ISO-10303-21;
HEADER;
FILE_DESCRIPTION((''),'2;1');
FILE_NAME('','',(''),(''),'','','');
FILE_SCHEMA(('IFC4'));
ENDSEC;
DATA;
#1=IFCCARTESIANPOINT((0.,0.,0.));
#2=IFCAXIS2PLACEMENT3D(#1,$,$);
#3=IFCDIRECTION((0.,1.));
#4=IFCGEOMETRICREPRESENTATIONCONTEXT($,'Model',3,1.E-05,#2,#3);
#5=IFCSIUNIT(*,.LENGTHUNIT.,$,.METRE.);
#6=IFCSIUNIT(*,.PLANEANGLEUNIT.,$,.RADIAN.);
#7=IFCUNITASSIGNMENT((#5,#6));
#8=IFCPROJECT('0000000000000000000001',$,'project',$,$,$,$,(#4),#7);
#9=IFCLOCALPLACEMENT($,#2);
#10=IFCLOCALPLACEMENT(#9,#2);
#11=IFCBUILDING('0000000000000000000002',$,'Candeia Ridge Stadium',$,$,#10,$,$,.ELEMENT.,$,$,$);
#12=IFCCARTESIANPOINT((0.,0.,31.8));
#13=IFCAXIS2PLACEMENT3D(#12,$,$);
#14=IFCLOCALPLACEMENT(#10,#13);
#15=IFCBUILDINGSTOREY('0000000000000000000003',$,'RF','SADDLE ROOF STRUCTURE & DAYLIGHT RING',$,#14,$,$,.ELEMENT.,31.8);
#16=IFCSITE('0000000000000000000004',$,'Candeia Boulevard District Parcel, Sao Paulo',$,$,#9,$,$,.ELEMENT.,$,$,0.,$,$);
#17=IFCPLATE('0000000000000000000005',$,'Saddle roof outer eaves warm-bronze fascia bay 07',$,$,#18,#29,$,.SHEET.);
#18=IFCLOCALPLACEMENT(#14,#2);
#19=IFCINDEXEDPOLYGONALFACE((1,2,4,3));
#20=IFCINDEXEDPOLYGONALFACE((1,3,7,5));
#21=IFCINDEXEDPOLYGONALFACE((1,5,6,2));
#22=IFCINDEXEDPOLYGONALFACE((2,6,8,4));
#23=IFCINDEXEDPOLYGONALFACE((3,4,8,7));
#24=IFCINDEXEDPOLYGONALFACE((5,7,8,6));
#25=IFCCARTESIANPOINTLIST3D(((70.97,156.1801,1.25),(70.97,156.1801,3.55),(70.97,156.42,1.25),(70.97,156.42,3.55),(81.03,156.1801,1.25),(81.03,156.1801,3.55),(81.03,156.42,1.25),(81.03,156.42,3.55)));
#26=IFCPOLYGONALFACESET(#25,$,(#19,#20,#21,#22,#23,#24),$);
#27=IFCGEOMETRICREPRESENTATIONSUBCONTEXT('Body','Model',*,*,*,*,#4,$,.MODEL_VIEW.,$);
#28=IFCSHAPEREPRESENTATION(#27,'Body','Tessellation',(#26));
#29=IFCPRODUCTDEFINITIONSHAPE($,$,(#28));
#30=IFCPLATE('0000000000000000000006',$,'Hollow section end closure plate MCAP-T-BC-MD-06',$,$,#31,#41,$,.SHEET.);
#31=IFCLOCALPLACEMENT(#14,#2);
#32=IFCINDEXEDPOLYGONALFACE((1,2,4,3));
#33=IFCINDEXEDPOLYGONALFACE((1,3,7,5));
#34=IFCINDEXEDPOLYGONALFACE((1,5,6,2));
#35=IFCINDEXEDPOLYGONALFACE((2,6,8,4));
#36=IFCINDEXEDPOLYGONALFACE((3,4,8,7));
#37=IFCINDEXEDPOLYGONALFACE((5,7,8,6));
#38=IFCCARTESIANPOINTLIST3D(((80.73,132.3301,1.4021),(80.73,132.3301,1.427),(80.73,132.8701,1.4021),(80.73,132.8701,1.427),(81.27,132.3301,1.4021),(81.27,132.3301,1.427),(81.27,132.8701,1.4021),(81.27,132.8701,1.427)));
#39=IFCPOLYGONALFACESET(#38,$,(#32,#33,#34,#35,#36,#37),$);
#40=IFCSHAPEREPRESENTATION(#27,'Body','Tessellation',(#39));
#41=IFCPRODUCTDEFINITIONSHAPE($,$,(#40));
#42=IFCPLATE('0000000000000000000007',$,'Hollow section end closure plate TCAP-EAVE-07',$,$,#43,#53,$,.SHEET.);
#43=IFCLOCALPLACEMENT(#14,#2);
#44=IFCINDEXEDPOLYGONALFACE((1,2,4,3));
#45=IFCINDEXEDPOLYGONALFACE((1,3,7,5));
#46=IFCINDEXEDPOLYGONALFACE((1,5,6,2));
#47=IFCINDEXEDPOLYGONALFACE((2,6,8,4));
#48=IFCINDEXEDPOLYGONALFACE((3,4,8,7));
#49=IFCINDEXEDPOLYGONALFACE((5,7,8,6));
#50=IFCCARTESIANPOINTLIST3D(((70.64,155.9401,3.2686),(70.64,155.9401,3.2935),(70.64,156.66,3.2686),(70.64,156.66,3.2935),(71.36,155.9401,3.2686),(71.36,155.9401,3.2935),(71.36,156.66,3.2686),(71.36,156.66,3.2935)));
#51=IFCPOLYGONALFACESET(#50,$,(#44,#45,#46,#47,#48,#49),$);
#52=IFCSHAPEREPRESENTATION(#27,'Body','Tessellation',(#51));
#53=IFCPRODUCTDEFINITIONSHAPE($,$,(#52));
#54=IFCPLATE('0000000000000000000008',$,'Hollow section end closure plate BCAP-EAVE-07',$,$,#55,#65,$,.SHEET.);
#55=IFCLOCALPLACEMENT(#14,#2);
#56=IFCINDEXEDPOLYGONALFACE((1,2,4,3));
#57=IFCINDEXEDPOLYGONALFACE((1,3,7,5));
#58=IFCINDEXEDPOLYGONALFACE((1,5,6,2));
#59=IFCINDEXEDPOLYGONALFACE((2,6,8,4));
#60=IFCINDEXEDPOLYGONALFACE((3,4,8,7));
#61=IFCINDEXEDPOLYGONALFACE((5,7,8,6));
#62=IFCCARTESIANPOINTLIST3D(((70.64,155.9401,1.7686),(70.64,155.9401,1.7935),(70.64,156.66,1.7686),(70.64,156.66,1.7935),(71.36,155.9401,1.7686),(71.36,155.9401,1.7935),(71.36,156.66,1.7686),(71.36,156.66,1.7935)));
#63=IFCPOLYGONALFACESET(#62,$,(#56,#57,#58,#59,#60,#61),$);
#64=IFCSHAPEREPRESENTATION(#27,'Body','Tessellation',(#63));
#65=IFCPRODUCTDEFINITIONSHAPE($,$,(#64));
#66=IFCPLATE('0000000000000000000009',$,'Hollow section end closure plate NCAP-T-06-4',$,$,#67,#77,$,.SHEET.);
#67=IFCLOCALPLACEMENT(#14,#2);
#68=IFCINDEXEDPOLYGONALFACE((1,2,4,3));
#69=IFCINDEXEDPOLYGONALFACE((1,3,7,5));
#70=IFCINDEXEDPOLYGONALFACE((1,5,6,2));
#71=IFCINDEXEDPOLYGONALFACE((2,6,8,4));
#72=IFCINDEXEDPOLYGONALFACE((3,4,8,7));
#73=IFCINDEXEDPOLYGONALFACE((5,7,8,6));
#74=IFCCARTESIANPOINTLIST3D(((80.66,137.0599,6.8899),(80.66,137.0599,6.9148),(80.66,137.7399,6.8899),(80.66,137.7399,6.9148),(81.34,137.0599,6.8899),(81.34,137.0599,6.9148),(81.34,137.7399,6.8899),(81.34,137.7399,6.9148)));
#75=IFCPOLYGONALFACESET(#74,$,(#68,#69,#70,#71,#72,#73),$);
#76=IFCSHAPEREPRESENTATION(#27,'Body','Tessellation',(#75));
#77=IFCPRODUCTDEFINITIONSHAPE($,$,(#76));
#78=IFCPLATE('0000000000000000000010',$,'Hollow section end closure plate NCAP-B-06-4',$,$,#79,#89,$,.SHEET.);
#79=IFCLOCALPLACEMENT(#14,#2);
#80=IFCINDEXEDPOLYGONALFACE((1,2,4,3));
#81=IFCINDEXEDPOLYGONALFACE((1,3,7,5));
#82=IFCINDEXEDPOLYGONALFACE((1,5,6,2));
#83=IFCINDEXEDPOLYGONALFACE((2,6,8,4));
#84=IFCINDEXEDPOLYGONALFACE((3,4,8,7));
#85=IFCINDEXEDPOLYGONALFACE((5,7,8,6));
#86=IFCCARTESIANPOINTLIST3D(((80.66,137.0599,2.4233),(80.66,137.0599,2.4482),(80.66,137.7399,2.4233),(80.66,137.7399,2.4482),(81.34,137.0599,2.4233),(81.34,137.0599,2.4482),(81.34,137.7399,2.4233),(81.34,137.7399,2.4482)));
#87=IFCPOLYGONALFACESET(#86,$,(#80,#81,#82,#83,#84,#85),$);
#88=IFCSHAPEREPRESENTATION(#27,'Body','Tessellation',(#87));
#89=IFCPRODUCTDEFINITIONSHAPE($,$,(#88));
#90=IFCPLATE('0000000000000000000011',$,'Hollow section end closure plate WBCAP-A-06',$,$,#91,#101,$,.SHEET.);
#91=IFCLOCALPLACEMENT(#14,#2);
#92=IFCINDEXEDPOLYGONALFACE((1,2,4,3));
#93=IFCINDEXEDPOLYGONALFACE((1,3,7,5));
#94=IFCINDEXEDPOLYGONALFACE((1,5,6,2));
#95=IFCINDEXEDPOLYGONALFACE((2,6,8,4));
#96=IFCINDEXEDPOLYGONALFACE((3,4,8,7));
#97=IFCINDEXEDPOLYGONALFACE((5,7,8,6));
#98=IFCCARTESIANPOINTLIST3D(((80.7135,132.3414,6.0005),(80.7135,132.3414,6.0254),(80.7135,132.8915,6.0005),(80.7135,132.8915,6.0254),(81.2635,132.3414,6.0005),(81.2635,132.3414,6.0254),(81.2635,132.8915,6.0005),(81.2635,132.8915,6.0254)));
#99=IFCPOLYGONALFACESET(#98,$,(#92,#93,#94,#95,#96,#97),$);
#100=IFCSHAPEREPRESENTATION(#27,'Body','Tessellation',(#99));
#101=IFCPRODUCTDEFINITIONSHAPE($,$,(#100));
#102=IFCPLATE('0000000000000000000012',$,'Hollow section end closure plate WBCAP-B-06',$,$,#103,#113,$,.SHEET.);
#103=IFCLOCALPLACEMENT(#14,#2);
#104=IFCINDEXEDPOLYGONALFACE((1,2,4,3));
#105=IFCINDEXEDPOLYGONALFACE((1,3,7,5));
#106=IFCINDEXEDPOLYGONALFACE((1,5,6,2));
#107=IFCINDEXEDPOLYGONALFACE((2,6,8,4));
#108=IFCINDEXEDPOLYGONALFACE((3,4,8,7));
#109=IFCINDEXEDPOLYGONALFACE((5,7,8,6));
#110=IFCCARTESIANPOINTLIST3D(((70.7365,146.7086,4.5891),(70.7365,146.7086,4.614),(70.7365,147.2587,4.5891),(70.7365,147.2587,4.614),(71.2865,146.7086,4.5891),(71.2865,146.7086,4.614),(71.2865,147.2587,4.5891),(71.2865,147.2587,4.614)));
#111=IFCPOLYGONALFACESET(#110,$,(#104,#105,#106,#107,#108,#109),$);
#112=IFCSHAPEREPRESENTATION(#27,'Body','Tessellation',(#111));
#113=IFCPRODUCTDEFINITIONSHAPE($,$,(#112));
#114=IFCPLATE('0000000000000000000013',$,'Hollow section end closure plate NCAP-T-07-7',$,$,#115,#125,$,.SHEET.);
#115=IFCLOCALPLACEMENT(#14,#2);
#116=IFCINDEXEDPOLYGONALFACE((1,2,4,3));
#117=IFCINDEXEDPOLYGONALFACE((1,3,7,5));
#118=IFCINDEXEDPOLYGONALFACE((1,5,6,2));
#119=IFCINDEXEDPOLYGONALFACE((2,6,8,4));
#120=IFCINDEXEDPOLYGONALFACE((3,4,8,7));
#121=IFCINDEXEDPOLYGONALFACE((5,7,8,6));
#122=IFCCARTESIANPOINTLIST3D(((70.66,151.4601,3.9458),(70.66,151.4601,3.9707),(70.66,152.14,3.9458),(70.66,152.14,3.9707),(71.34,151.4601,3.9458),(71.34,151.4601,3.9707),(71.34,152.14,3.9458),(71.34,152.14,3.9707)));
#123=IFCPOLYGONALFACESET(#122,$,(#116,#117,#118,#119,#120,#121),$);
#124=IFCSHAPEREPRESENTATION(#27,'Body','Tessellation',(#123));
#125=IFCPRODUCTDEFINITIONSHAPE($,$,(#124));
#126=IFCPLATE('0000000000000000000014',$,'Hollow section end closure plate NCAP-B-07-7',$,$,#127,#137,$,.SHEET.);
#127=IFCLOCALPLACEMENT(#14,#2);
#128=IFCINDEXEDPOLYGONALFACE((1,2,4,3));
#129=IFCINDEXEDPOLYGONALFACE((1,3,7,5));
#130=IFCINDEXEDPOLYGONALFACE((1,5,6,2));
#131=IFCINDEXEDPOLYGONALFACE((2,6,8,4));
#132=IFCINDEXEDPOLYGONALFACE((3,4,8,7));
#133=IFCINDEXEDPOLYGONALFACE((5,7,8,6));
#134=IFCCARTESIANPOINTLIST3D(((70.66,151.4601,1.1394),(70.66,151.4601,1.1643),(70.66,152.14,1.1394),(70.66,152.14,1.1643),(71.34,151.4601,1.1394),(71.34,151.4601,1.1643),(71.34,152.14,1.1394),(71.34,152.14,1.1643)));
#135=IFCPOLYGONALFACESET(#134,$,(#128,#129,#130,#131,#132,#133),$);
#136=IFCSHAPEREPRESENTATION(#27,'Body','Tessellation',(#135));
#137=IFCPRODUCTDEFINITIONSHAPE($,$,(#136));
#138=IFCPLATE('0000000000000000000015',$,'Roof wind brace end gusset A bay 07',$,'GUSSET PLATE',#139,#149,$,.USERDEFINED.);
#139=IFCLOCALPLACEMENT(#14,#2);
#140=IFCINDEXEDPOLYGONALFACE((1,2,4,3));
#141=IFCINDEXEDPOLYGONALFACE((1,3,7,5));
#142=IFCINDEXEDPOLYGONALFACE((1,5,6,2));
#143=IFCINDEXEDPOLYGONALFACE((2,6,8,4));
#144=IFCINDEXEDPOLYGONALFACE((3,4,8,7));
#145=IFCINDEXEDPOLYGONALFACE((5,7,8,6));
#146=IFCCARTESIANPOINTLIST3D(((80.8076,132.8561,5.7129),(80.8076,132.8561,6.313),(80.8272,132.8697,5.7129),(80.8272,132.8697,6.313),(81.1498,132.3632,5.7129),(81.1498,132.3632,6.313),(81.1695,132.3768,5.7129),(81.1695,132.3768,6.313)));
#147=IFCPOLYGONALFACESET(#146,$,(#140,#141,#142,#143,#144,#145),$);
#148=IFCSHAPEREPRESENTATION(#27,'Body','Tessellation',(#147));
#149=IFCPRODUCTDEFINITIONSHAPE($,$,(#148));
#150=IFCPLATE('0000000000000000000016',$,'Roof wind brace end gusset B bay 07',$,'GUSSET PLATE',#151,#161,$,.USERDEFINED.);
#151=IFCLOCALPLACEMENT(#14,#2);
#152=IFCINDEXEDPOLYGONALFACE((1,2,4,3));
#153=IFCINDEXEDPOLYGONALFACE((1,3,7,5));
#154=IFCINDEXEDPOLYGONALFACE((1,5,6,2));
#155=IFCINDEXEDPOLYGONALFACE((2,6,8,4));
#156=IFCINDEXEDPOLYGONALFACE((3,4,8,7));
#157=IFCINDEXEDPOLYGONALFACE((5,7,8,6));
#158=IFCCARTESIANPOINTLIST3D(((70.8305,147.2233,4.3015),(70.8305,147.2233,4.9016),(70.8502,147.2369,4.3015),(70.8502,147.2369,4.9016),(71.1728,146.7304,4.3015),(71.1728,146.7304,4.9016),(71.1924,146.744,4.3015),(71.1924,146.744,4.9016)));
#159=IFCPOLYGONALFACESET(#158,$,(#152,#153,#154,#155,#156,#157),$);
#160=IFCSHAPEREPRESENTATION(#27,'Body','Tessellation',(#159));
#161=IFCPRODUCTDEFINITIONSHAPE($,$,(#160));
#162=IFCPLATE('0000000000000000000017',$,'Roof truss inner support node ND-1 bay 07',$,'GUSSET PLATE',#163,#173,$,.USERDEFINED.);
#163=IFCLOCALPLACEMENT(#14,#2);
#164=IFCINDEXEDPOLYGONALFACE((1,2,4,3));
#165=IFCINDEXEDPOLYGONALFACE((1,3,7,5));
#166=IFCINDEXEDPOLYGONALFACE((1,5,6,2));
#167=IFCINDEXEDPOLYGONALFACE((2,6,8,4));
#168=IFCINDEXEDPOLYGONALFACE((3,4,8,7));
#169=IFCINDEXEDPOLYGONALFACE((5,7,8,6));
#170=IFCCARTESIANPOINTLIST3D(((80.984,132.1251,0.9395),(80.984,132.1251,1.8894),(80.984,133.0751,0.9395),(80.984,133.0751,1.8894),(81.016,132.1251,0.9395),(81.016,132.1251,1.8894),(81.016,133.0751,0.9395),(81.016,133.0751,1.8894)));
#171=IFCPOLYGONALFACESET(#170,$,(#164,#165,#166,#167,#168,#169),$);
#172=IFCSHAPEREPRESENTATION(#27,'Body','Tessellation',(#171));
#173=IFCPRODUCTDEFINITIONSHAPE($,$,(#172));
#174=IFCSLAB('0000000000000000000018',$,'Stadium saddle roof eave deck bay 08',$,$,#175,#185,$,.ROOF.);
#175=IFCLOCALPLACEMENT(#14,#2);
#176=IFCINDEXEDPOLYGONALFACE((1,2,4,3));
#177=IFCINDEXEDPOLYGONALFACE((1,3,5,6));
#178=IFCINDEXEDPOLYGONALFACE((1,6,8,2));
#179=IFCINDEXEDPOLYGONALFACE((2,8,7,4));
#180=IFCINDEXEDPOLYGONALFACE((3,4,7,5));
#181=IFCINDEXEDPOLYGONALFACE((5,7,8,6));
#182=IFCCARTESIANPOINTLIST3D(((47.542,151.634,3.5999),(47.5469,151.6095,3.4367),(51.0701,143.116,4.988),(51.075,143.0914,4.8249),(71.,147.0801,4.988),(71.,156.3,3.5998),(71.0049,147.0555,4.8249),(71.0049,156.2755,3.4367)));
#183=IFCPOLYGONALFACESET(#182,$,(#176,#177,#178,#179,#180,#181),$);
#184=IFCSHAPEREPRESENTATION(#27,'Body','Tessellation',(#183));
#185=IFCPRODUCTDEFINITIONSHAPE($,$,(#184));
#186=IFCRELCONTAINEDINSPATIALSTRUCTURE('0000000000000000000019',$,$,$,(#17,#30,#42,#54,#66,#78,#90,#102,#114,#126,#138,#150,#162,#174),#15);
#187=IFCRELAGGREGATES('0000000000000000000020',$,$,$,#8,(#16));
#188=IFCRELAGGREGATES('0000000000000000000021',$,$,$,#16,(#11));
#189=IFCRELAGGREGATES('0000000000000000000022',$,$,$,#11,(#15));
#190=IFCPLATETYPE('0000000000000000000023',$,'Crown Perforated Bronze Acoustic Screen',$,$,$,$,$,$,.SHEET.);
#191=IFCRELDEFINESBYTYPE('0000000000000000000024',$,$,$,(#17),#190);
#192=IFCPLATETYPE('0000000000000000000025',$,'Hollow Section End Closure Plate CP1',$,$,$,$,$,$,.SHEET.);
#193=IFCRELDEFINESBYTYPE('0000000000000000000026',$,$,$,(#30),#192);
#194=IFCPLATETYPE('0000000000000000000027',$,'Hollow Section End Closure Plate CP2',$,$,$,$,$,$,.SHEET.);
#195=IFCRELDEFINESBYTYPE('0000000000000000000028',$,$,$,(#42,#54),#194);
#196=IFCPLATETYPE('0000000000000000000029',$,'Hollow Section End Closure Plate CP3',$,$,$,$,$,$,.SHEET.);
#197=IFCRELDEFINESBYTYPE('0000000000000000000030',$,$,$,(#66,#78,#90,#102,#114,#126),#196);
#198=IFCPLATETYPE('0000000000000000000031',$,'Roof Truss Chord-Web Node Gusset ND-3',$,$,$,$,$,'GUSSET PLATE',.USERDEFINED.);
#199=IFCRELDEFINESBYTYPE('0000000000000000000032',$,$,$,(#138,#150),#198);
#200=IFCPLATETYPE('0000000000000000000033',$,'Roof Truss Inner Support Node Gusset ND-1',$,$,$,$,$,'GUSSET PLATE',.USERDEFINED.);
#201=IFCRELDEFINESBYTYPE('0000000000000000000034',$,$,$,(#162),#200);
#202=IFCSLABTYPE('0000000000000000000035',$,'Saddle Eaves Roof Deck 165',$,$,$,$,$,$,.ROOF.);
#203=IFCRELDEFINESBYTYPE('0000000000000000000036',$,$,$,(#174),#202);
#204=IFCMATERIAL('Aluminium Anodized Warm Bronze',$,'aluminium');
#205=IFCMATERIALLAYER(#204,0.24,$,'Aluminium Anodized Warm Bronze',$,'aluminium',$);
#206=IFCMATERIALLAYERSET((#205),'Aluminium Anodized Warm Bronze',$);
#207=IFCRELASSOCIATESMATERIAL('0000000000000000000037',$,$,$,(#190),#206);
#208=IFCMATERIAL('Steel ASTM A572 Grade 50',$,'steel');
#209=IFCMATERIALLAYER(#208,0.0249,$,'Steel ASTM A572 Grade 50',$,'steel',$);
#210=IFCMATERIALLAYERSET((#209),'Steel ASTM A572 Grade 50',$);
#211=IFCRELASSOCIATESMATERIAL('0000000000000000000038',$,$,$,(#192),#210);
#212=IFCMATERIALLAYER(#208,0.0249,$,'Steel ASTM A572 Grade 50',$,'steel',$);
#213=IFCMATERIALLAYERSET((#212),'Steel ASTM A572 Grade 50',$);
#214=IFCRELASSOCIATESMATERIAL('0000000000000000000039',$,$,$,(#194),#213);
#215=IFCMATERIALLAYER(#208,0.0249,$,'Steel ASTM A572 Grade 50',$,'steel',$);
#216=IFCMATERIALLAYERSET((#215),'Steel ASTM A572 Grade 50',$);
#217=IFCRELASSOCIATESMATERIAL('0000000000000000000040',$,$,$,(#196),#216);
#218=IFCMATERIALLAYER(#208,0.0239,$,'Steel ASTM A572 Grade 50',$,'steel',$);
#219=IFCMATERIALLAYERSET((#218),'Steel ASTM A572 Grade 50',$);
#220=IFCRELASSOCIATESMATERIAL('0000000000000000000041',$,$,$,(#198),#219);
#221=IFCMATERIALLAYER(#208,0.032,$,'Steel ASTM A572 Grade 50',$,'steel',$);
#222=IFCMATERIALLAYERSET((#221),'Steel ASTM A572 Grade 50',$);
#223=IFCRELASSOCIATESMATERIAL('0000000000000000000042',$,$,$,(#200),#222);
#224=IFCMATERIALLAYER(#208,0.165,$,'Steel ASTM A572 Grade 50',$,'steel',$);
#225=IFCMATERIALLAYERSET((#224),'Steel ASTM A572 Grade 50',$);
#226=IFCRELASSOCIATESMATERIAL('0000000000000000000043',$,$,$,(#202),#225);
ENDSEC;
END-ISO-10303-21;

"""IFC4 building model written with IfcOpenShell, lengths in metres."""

from ifc_helpers import new_model, si_unit, direction, frame, origin, origin_2d, place, context, subcontext, project, spatial, polyline, rectangle, outline, extrude, material, layer, layer_set, type_object, element, save


model = new_model("IFC4")

# Units and contexts
model_context = context("Model", 3, precision=1e-05, world=origin(), true_north=direction((0.0, 1.0)))
body_context = subcontext(model_context, "Body", "Model", "MODEL_VIEW")
ifc_project = project(units=[si_unit("LENGTHUNIT", "METRE"), si_unit("PLANEANGLEUNIT", "RADIAN")], contexts=[model_context])

# Site, building, storey
site_placement = place(None, origin())
site = spatial("IfcSite", under=ifc_project, at=site_placement, Name="Candeia Boulevard District Parcel, Sao Paulo", CompositionType="ELEMENT", RefElevation=0.0)
building_placement = place(site_placement, origin())
building = spatial("IfcBuilding", under=site, at=building_placement, Name="Candeia Ridge Stadium", CompositionType="ELEMENT")
storey_placement = place(building_placement, frame((0.0, 0.0, 31.8)))
storey = spatial("IfcBuildingStorey", under=building, at=storey_placement, Name="RF", Description="SADDLE ROOF STRUCTURE & DAYLIGHT RING", CompositionType="ELEMENT", Elevation=31.8)

# Shared definitions
ifc_material_1 = material(Name="Steel ASTM A572 Grade 50", Category="steel")

# Plates
ifc_material_2 = material(Name="Aluminium Anodized Warm Bronze", Category="aluminium")
ifc_layer_1 = layer(ifc_material_2, 0.24, Name="Aluminium Anodized Warm Bronze", Category="aluminium")
ifc_layer_set_1 = layer_set([ifc_layer_1], Name="Aluminium Anodized Warm Bronze")
plate_type_1 = type_object("IfcPlateType", Name="Crown Perforated Bronze Acoustic Screen", PredefinedType="SHEET", material=ifc_layer_set_1)
plate_1_placement = place(storey_placement, frame((76.0, 156.3, 1.25), z_axis=(0.0, 0.0, 1.0), x_axis=(-1.0, 0.0, 0.0)))
element("IfcPlate", 1, at=plate_1_placement, inside=storey, type_object=plate_type_1, Name="Saddle roof outer eaves warm-bronze fascia bay 07", PredefinedType="SHEET", context=body_context, shape_type="SweptSolid", body=[
    extrude(rectangle(XDim=10.0601, YDim=0.24, at=origin_2d()), origin(), (0.0, 0.0, 1.0), 2.3),
])
ifc_layer_2 = layer(ifc_material_1, 0.0249, Name="Steel ASTM A572 Grade 50", Category="steel")
ifc_layer_set_2 = layer_set([ifc_layer_2], Name="Steel ASTM A572 Grade 50")
plate_type_2 = type_object("IfcPlateType", Name="Hollow Section End Closure Plate CP1", PredefinedType="SHEET", material=ifc_layer_set_2)
plate_2_placement = place(storey_placement, frame((81.0, 132.6001, 1.4021), z_axis=(0.0, 0.0, 1.0), x_axis=(1.0, 0.0, 0.0)))
element("IfcPlate", 2, at=plate_2_placement, inside=storey, type_object=plate_type_2, Name="Hollow section end closure plate MCAP-T-BC-MD-06", PredefinedType="SHEET", context=body_context, shape_type="SweptSolid", body=[
    extrude(rectangle(XDim=0.54, YDim=0.54, at=origin_2d()), origin(), (0.0, 0.0, 1.0), 0.0249),
])
ifc_layer_3 = layer(ifc_material_1, 0.0249, Name="Steel ASTM A572 Grade 50", Category="steel")
ifc_layer_set_3 = layer_set([ifc_layer_3], Name="Steel ASTM A572 Grade 50")
plate_type_3 = type_object("IfcPlateType", Name="Hollow Section End Closure Plate CP2", PredefinedType="SHEET", material=ifc_layer_set_3)
for number, where, z_axis, x_axis, name in (
    (3, (71.0, 156.3, 3.2686), (0.0, 0.0, 1.0), (1.0, 0.0, 0.0), "Hollow section end closure plate TCAP-EAVE-07"),
    (4, (71.0, 156.3, 1.7686), (0.0, 0.0, 1.0), (1.0, 0.0, 0.0), "Hollow section end closure plate BCAP-EAVE-07"),
):
    element("IfcPlate", number, at=place(storey_placement, frame(where, z_axis=z_axis, x_axis=x_axis)), inside=storey, type_object=plate_type_3, Name=name, PredefinedType="SHEET", context=body_context, shape_type="SweptSolid", body=[
        extrude(rectangle(XDim=0.72, YDim=0.72, at=origin_2d()), origin(), (0.0, 0.0, 1.0), 0.0249),
    ])
ifc_layer_4 = layer(ifc_material_1, 0.0249, Name="Steel ASTM A572 Grade 50", Category="steel")
ifc_layer_set_4 = layer_set([ifc_layer_4], Name="Steel ASTM A572 Grade 50")
plate_type_4 = type_object("IfcPlateType", Name="Hollow Section End Closure Plate CP3", PredefinedType="SHEET", material=ifc_layer_set_4)
for number, where, z_axis, x_axis, name in (
    (5, (81.0, 137.3999, 6.8899), (0.0, 0.0, 1.0), (1.0, 0.0, 0.0), "Hollow section end closure plate NCAP-T-06-4"),
    (6, (81.0, 137.3999, 2.4233), (0.0, 0.0, 1.0), (1.0, 0.0, 0.0), "Hollow section end closure plate NCAP-B-06-4"),
):
    element("IfcPlate", number, at=place(storey_placement, frame(where, z_axis=z_axis, x_axis=x_axis)), inside=storey, type_object=plate_type_4, Name=name, PredefinedType="SHEET", context=body_context, shape_type="SweptSolid", body=[
        extrude(rectangle(XDim=0.6799, YDim=0.6799, at=origin_2d()), origin(), (0.0, 0.0, 1.0), 0.0249),
    ])
for number, where, z_axis, x_axis, name in (
    (7, (80.9885, 132.6165, 6.0005), (0.0, 0.0, 1.0), (1.0, 0.0, 0.0), "Hollow section end closure plate WBCAP-A-06"),
    (8, (71.0115, 146.9836, 4.5891), (0.0, 0.0, 1.0), (1.0, 0.0, 0.0), "Hollow section end closure plate WBCAP-B-06"),
):
    element("IfcPlate", number, at=place(storey_placement, frame(where, z_axis=z_axis, x_axis=x_axis)), inside=storey, type_object=plate_type_4, Name=name, PredefinedType="SHEET", context=body_context, shape_type="SweptSolid", body=[
        extrude(rectangle(XDim=0.55, YDim=0.55, at=origin_2d()), origin(), (0.0, 0.0, 1.0), 0.0249),
    ])
for number, where, z_axis, x_axis, name in (
    (9, (71.0, 151.8, 3.9458), (0.0, 0.0, 1.0), (1.0, 0.0, 0.0), "Hollow section end closure plate NCAP-T-07-7"),
    (10, (71.0, 151.8, 1.1394), (0.0, 0.0, 1.0), (1.0, 0.0, 0.0), "Hollow section end closure plate NCAP-B-07-7"),
):
    element("IfcPlate", number, at=place(storey_placement, frame(where, z_axis=z_axis, x_axis=x_axis)), inside=storey, type_object=plate_type_4, Name=name, PredefinedType="SHEET", context=body_context, shape_type="SweptSolid", body=[
        extrude(rectangle(XDim=0.6799, YDim=0.6799, at=origin_2d()), origin(), (0.0, 0.0, 1.0), 0.0249),
    ])
ifc_layer_5 = layer(ifc_material_1, 0.0239, Name="Steel ASTM A572 Grade 50", Category="steel")
ifc_layer_set_5 = layer_set([ifc_layer_5], Name="Steel ASTM A572 Grade 50")
plate_type_5 = type_object("IfcPlateType", Name="Roof Truss Chord-Web Node Gusset ND-3", ElementType="GUSSET PLATE", PredefinedType="USERDEFINED", material=ifc_layer_set_5)
for number, where, z_axis, x_axis, name in (
    (11, (80.9885, 132.6165, 5.7129), (0.0, 0.0, 1.0), (-0.570395, 0.82137, 0.0), "Roof wind brace end gusset A bay 07"),
    (12, (71.0115, 146.9836, 4.3015), (0.0, 0.0, 1.0), (-0.570395, 0.82137, 0.0), "Roof wind brace end gusset B bay 07"),
):
    element("IfcPlate", number, at=place(storey_placement, frame(where, z_axis=z_axis, x_axis=x_axis)), inside=storey, type_object=plate_type_5, Name=name, ObjectType="GUSSET PLATE", PredefinedType="USERDEFINED", context=body_context, shape_type="SweptSolid", body=[
        extrude(rectangle(XDim=0.6001, YDim=0.0239, at=origin_2d()), origin(), (0.0, 0.0, 1.0), 0.6001),
    ])
ifc_layer_6 = layer(ifc_material_1, 0.032, Name="Steel ASTM A572 Grade 50", Category="steel")
ifc_layer_set_6 = layer_set([ifc_layer_6], Name="Steel ASTM A572 Grade 50")
plate_type_6 = type_object("IfcPlateType", Name="Roof Truss Inner Support Node Gusset ND-1", ElementType="GUSSET PLATE", PredefinedType="USERDEFINED", material=ifc_layer_set_6)
plate_3_placement = place(storey_placement, frame((81.0, 132.6001, 0.9395), z_axis=(0.0, 0.0, 1.0), x_axis=(0.0, 1.0, 0.0)))
element("IfcPlate", 13, at=plate_3_placement, inside=storey, type_object=plate_type_6, Name="Roof truss inner support node ND-1 bay 07", ObjectType="GUSSET PLATE", PredefinedType="USERDEFINED", context=body_context, shape_type="SweptSolid", body=[
    extrude(rectangle(XDim=0.95, YDim=0.032, at=origin_2d()), origin(), (0.0, 0.0, 1.0), 0.95),
])

# Slab
ifc_layer_7 = layer(ifc_material_1, 0.165, Name="Steel ASTM A572 Grade 50", Category="steel")
ifc_layer_set_7 = layer_set([ifc_layer_7], Name="Steel ASTM A572 Grade 50")
slab_type = type_object("IfcSlabType", Name="Saddle Eaves Roof Deck 165", PredefinedType="ROOF", material=ifc_layer_set_7)
slab_placement = place(storey_placement, frame((71.0, 147.0801, 4.988), z_axis=(-0.029601, 0.148821, 0.988421), x_axis=(-0.980787, -0.195081, -0.000001)))
element("IfcSlab", 14, at=slab_placement, inside=storey, type_object=slab_type, Name="Stadium saddle roof eave deck bay 08", PredefinedType="ROOF", context=body_context, shape_type="SweptSolid", body=[
    extrude(outline(polyline([(0.0, 0.0), (20.3203, 0.0), (22.1189, -9.1486), (-1.7986, -9.1488), (0.0, 0.0)])), origin(), (0.0, 0.0, -1.0), 0.165),
])

save(model, "model.ifc")
